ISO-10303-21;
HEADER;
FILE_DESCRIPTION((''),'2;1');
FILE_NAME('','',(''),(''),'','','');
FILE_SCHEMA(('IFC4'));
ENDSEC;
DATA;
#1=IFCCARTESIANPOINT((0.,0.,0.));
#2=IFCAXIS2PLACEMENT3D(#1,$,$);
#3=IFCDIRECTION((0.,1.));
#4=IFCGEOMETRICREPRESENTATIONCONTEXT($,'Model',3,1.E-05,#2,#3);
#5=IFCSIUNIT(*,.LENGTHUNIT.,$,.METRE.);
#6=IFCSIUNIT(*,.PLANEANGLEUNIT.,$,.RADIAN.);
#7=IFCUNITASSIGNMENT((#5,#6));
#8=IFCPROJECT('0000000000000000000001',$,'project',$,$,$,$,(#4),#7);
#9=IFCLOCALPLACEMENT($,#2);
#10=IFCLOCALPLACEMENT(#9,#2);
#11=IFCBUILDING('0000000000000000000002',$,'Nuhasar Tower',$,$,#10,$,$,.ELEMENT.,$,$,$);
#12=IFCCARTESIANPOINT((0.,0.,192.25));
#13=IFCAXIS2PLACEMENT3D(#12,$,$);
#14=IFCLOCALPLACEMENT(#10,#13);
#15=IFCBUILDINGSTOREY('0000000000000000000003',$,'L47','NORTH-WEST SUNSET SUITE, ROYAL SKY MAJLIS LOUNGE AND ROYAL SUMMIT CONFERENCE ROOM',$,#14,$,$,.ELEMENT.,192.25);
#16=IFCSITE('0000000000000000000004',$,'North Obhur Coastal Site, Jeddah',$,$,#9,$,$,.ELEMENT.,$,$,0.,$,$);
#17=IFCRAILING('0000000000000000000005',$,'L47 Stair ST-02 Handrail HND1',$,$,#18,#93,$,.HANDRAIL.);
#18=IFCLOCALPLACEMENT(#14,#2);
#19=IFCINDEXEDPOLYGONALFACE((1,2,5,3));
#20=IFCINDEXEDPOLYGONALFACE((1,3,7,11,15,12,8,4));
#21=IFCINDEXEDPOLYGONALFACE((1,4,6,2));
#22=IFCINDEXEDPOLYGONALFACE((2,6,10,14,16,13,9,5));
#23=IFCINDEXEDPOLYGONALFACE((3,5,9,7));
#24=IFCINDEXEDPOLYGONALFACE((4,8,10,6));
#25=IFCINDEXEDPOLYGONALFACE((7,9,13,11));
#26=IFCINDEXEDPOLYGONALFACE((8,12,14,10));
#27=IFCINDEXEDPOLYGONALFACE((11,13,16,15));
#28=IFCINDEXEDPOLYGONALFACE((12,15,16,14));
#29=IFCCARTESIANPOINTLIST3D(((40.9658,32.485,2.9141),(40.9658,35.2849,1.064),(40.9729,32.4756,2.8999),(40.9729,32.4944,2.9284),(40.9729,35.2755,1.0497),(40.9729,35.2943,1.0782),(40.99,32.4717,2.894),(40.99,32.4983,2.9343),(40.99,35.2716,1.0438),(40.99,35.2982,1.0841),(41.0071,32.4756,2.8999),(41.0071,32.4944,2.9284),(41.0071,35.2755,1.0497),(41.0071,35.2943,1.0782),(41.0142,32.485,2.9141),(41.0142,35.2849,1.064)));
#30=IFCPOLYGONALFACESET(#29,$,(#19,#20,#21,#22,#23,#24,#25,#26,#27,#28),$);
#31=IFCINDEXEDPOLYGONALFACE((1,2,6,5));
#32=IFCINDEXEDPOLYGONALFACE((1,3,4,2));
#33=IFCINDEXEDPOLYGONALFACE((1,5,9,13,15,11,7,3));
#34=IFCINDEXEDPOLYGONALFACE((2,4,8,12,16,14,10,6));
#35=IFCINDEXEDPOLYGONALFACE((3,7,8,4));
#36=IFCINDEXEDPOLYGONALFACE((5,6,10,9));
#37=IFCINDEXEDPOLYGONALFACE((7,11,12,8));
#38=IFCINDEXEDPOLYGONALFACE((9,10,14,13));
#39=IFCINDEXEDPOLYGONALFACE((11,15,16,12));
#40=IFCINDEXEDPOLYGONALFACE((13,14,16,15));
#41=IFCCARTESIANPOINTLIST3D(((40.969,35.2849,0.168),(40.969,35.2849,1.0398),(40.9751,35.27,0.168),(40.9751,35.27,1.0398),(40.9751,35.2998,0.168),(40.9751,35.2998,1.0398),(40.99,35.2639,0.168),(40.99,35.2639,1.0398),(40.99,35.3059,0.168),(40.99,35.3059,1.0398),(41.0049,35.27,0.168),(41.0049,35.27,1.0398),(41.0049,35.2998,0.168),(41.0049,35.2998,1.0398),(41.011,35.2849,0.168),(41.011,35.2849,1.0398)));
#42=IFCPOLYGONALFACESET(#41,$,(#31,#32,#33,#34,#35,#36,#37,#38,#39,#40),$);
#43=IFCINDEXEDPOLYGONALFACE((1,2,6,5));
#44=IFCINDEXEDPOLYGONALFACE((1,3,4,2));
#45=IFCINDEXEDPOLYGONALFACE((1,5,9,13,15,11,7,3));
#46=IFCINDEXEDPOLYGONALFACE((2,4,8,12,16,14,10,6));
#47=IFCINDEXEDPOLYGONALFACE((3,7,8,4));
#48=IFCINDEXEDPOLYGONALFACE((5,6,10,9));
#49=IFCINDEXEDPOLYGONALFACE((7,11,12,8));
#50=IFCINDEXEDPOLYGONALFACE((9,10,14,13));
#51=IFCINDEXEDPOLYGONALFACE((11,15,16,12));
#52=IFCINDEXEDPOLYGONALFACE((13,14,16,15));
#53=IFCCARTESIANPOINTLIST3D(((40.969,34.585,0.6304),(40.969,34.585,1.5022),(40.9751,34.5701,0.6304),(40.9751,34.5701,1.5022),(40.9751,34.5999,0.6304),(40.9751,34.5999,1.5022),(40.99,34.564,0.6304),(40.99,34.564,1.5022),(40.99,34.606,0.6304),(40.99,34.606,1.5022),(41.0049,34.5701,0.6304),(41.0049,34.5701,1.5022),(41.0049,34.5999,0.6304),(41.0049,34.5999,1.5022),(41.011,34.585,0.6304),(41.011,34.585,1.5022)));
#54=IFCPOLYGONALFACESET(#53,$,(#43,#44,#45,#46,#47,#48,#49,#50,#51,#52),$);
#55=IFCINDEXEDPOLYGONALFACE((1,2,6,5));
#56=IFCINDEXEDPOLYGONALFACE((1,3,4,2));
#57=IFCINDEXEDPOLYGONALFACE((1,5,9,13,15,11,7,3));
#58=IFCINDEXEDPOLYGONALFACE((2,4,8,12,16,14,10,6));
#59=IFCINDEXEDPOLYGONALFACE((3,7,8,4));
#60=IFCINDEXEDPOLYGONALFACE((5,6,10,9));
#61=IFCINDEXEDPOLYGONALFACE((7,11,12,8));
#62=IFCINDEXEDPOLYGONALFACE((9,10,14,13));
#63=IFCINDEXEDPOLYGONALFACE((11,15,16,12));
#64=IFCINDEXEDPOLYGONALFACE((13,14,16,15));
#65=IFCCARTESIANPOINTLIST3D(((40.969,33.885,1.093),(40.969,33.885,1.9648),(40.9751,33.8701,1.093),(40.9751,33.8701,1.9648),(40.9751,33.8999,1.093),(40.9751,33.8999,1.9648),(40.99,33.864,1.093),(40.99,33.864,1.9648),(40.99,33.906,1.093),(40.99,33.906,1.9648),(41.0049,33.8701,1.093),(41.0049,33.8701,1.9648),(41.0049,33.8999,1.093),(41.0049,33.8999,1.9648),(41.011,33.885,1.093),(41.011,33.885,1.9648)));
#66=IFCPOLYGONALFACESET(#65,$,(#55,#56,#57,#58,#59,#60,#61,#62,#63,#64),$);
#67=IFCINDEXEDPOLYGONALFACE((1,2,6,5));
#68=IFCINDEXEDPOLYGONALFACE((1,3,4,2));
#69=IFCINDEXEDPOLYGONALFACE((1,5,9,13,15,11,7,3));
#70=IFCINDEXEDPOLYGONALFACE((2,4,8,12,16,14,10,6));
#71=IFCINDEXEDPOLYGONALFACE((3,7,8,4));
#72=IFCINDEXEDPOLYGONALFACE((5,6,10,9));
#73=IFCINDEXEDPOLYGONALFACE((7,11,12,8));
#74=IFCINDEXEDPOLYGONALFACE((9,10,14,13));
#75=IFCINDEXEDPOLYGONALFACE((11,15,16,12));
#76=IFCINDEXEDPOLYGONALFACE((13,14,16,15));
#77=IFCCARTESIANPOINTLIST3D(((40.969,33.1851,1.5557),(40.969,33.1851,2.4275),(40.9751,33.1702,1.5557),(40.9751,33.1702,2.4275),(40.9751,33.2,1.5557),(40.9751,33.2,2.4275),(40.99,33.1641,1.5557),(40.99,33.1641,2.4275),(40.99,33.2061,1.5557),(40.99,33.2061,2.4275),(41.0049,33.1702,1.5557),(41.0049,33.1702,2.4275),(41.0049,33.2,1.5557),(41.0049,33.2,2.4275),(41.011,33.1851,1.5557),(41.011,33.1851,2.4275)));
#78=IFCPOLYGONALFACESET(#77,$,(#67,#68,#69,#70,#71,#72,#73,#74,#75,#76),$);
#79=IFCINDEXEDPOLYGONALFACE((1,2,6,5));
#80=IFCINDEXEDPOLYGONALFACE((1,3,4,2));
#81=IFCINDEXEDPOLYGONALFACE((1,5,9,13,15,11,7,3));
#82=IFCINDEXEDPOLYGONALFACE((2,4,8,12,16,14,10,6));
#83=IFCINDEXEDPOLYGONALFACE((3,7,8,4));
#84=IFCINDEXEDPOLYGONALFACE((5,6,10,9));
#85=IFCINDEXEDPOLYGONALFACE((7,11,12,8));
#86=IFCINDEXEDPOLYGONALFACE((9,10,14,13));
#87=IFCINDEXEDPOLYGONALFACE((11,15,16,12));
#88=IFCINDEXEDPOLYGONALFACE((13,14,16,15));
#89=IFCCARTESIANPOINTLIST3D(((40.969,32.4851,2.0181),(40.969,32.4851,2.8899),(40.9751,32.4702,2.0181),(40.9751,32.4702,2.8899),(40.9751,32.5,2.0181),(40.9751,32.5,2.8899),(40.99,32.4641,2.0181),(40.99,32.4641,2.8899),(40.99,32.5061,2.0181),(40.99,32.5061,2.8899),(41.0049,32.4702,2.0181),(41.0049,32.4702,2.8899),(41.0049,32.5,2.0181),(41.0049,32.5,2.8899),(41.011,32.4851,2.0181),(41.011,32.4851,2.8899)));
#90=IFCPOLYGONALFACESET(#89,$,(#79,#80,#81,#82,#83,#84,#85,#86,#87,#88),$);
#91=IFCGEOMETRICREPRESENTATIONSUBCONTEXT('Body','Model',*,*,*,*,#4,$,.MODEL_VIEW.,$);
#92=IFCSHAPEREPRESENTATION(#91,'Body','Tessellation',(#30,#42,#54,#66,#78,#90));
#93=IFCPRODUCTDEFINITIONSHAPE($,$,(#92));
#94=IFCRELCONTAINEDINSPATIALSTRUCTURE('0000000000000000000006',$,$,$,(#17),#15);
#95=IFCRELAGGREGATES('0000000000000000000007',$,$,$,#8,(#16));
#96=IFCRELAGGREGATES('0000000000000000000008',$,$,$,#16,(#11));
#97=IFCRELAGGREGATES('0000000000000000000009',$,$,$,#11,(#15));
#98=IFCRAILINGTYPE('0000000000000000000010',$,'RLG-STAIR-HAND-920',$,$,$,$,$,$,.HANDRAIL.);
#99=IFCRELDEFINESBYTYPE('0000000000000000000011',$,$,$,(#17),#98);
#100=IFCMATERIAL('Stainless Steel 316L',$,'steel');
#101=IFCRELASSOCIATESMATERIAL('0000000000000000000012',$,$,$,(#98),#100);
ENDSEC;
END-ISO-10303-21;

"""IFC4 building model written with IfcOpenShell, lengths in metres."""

from ifc_helpers import new_model, si_unit, direction, frame, origin, place, context, subcontext, project, spatial, polyline, outline, extrude, material, type_object, element, save


model = new_model("IFC4")

# Units and contexts
model_context = context("Model", 3, precision=1e-05, world=origin(), true_north=direction((0.0, 1.0)))
body_context = subcontext(model_context, "Body", "Model", "MODEL_VIEW")
ifc_project = project(units=[si_unit("LENGTHUNIT", "METRE"), si_unit("PLANEANGLEUNIT", "RADIAN")], contexts=[model_context])

# Site, building, storey
site_placement = place(None, origin())
site = spatial("IfcSite", under=ifc_project, at=site_placement, Name="North Obhur Coastal Site, Jeddah", CompositionType="ELEMENT", RefElevation=0.0)
building_placement = place(site_placement, origin())
building = spatial("IfcBuilding", under=site, at=building_placement, Name="Nuhasar Tower", CompositionType="ELEMENT")
storey_placement = place(building_placement, frame((0.0, 0.0, 192.25)))
storey = spatial("IfcBuildingStorey", under=building, at=storey_placement, Name="L47", Description="NORTH-WEST SUNSET SUITE, ROYAL SKY MAJLIS LOUNGE AND ROYAL SUMMIT CONFERENCE ROOM", CompositionType="ELEMENT", Elevation=192.25)

# Railing
ifc_material_1 = material(Name="Stainless Steel 316L", Category="steel")
railing_type_1 = type_object("IfcRailingType", Name="RLG-STAIR-HAND-920", PredefinedType="HANDRAIL", material=ifc_material_1)
railing_1_placement = place(storey_placement, frame((40.99, 35.2849, 0.168)))
element("IfcRailing", 1, at=railing_1_placement, inside=storey, type_object=railing_type_1, Name="L47 Stair ST-02 Handrail HND1", PredefinedType="HANDRAIL", context=body_context, shape_type="SweptSolid", body=[
    extrude(outline(polyline([(0.0242, 0.0), (0.0171, 0.0171), (0.0, 0.0242), (-0.0171, 0.0171), (-0.0242, 0.0), (-0.0171, -0.0171), (0.0, -0.0242), (0.0171, -0.0171), (0.0242, 0.0)])), frame((0.0, 0.0, 0.896), z_axis=(0.0, -0.834304, 0.551304), x_axis=(1.0, 0.0, 0.0)), (0.0, 0.0, 1.0), 3.356),
    extrude(outline(polyline([(0.021, 0.0), (0.0149, 0.0149), (0.0, 0.021), (-0.0149, 0.0149), (-0.021, 0.0), (-0.0149, -0.0149), (0.0, -0.021), (0.0149, -0.0149), (0.021, 0.0)])), origin(), (0.0, 0.0, 1.0), 0.8718),
    extrude(outline(polyline([(0.021, 0.0), (0.0149, 0.0149), (0.0, 0.021), (-0.0149, 0.0149), (-0.021, 0.0), (-0.0149, -0.0149), (0.0, -0.021), (0.0149, -0.0149), (0.021, 0.0)])), frame((0.0, -0.7, 0.4624)), (0.0, 0.0, 1.0), 0.8718),
    extrude(outline(polyline([(0.021, 0.0), (0.0149, 0.0149), (0.0, 0.021), (-0.0149, 0.0149), (-0.021, 0.0), (-0.0149, -0.0149), (0.0, -0.021), (0.0149, -0.0149), (0.021, 0.0)])), frame((0.0, -1.3999, 0.925)), (0.0, 0.0, 1.0), 0.8718),
    extrude(outline(polyline([(0.021, 0.0), (0.0149, 0.0149), (0.0, 0.021), (-0.0149, 0.0149), (-0.021, 0.0), (-0.0149, -0.0149), (0.0, -0.021), (0.0149, -0.0149), (0.021, 0.0)])), frame((0.0, -2.0999, 1.3877)), (0.0, 0.0, 1.0), 0.8718),
    extrude(outline(polyline([(0.021, 0.0), (0.0149, 0.0149), (0.0, 0.021), (-0.0149, 0.0149), (-0.021, 0.0), (-0.0149, -0.0149), (0.0, -0.021), (0.0149, -0.0149), (0.021, 0.0)])), frame((0.0, -2.7998, 1.8501)), (0.0, 0.0, 1.0), 0.8718),
])

save(model, "model.ifc")
